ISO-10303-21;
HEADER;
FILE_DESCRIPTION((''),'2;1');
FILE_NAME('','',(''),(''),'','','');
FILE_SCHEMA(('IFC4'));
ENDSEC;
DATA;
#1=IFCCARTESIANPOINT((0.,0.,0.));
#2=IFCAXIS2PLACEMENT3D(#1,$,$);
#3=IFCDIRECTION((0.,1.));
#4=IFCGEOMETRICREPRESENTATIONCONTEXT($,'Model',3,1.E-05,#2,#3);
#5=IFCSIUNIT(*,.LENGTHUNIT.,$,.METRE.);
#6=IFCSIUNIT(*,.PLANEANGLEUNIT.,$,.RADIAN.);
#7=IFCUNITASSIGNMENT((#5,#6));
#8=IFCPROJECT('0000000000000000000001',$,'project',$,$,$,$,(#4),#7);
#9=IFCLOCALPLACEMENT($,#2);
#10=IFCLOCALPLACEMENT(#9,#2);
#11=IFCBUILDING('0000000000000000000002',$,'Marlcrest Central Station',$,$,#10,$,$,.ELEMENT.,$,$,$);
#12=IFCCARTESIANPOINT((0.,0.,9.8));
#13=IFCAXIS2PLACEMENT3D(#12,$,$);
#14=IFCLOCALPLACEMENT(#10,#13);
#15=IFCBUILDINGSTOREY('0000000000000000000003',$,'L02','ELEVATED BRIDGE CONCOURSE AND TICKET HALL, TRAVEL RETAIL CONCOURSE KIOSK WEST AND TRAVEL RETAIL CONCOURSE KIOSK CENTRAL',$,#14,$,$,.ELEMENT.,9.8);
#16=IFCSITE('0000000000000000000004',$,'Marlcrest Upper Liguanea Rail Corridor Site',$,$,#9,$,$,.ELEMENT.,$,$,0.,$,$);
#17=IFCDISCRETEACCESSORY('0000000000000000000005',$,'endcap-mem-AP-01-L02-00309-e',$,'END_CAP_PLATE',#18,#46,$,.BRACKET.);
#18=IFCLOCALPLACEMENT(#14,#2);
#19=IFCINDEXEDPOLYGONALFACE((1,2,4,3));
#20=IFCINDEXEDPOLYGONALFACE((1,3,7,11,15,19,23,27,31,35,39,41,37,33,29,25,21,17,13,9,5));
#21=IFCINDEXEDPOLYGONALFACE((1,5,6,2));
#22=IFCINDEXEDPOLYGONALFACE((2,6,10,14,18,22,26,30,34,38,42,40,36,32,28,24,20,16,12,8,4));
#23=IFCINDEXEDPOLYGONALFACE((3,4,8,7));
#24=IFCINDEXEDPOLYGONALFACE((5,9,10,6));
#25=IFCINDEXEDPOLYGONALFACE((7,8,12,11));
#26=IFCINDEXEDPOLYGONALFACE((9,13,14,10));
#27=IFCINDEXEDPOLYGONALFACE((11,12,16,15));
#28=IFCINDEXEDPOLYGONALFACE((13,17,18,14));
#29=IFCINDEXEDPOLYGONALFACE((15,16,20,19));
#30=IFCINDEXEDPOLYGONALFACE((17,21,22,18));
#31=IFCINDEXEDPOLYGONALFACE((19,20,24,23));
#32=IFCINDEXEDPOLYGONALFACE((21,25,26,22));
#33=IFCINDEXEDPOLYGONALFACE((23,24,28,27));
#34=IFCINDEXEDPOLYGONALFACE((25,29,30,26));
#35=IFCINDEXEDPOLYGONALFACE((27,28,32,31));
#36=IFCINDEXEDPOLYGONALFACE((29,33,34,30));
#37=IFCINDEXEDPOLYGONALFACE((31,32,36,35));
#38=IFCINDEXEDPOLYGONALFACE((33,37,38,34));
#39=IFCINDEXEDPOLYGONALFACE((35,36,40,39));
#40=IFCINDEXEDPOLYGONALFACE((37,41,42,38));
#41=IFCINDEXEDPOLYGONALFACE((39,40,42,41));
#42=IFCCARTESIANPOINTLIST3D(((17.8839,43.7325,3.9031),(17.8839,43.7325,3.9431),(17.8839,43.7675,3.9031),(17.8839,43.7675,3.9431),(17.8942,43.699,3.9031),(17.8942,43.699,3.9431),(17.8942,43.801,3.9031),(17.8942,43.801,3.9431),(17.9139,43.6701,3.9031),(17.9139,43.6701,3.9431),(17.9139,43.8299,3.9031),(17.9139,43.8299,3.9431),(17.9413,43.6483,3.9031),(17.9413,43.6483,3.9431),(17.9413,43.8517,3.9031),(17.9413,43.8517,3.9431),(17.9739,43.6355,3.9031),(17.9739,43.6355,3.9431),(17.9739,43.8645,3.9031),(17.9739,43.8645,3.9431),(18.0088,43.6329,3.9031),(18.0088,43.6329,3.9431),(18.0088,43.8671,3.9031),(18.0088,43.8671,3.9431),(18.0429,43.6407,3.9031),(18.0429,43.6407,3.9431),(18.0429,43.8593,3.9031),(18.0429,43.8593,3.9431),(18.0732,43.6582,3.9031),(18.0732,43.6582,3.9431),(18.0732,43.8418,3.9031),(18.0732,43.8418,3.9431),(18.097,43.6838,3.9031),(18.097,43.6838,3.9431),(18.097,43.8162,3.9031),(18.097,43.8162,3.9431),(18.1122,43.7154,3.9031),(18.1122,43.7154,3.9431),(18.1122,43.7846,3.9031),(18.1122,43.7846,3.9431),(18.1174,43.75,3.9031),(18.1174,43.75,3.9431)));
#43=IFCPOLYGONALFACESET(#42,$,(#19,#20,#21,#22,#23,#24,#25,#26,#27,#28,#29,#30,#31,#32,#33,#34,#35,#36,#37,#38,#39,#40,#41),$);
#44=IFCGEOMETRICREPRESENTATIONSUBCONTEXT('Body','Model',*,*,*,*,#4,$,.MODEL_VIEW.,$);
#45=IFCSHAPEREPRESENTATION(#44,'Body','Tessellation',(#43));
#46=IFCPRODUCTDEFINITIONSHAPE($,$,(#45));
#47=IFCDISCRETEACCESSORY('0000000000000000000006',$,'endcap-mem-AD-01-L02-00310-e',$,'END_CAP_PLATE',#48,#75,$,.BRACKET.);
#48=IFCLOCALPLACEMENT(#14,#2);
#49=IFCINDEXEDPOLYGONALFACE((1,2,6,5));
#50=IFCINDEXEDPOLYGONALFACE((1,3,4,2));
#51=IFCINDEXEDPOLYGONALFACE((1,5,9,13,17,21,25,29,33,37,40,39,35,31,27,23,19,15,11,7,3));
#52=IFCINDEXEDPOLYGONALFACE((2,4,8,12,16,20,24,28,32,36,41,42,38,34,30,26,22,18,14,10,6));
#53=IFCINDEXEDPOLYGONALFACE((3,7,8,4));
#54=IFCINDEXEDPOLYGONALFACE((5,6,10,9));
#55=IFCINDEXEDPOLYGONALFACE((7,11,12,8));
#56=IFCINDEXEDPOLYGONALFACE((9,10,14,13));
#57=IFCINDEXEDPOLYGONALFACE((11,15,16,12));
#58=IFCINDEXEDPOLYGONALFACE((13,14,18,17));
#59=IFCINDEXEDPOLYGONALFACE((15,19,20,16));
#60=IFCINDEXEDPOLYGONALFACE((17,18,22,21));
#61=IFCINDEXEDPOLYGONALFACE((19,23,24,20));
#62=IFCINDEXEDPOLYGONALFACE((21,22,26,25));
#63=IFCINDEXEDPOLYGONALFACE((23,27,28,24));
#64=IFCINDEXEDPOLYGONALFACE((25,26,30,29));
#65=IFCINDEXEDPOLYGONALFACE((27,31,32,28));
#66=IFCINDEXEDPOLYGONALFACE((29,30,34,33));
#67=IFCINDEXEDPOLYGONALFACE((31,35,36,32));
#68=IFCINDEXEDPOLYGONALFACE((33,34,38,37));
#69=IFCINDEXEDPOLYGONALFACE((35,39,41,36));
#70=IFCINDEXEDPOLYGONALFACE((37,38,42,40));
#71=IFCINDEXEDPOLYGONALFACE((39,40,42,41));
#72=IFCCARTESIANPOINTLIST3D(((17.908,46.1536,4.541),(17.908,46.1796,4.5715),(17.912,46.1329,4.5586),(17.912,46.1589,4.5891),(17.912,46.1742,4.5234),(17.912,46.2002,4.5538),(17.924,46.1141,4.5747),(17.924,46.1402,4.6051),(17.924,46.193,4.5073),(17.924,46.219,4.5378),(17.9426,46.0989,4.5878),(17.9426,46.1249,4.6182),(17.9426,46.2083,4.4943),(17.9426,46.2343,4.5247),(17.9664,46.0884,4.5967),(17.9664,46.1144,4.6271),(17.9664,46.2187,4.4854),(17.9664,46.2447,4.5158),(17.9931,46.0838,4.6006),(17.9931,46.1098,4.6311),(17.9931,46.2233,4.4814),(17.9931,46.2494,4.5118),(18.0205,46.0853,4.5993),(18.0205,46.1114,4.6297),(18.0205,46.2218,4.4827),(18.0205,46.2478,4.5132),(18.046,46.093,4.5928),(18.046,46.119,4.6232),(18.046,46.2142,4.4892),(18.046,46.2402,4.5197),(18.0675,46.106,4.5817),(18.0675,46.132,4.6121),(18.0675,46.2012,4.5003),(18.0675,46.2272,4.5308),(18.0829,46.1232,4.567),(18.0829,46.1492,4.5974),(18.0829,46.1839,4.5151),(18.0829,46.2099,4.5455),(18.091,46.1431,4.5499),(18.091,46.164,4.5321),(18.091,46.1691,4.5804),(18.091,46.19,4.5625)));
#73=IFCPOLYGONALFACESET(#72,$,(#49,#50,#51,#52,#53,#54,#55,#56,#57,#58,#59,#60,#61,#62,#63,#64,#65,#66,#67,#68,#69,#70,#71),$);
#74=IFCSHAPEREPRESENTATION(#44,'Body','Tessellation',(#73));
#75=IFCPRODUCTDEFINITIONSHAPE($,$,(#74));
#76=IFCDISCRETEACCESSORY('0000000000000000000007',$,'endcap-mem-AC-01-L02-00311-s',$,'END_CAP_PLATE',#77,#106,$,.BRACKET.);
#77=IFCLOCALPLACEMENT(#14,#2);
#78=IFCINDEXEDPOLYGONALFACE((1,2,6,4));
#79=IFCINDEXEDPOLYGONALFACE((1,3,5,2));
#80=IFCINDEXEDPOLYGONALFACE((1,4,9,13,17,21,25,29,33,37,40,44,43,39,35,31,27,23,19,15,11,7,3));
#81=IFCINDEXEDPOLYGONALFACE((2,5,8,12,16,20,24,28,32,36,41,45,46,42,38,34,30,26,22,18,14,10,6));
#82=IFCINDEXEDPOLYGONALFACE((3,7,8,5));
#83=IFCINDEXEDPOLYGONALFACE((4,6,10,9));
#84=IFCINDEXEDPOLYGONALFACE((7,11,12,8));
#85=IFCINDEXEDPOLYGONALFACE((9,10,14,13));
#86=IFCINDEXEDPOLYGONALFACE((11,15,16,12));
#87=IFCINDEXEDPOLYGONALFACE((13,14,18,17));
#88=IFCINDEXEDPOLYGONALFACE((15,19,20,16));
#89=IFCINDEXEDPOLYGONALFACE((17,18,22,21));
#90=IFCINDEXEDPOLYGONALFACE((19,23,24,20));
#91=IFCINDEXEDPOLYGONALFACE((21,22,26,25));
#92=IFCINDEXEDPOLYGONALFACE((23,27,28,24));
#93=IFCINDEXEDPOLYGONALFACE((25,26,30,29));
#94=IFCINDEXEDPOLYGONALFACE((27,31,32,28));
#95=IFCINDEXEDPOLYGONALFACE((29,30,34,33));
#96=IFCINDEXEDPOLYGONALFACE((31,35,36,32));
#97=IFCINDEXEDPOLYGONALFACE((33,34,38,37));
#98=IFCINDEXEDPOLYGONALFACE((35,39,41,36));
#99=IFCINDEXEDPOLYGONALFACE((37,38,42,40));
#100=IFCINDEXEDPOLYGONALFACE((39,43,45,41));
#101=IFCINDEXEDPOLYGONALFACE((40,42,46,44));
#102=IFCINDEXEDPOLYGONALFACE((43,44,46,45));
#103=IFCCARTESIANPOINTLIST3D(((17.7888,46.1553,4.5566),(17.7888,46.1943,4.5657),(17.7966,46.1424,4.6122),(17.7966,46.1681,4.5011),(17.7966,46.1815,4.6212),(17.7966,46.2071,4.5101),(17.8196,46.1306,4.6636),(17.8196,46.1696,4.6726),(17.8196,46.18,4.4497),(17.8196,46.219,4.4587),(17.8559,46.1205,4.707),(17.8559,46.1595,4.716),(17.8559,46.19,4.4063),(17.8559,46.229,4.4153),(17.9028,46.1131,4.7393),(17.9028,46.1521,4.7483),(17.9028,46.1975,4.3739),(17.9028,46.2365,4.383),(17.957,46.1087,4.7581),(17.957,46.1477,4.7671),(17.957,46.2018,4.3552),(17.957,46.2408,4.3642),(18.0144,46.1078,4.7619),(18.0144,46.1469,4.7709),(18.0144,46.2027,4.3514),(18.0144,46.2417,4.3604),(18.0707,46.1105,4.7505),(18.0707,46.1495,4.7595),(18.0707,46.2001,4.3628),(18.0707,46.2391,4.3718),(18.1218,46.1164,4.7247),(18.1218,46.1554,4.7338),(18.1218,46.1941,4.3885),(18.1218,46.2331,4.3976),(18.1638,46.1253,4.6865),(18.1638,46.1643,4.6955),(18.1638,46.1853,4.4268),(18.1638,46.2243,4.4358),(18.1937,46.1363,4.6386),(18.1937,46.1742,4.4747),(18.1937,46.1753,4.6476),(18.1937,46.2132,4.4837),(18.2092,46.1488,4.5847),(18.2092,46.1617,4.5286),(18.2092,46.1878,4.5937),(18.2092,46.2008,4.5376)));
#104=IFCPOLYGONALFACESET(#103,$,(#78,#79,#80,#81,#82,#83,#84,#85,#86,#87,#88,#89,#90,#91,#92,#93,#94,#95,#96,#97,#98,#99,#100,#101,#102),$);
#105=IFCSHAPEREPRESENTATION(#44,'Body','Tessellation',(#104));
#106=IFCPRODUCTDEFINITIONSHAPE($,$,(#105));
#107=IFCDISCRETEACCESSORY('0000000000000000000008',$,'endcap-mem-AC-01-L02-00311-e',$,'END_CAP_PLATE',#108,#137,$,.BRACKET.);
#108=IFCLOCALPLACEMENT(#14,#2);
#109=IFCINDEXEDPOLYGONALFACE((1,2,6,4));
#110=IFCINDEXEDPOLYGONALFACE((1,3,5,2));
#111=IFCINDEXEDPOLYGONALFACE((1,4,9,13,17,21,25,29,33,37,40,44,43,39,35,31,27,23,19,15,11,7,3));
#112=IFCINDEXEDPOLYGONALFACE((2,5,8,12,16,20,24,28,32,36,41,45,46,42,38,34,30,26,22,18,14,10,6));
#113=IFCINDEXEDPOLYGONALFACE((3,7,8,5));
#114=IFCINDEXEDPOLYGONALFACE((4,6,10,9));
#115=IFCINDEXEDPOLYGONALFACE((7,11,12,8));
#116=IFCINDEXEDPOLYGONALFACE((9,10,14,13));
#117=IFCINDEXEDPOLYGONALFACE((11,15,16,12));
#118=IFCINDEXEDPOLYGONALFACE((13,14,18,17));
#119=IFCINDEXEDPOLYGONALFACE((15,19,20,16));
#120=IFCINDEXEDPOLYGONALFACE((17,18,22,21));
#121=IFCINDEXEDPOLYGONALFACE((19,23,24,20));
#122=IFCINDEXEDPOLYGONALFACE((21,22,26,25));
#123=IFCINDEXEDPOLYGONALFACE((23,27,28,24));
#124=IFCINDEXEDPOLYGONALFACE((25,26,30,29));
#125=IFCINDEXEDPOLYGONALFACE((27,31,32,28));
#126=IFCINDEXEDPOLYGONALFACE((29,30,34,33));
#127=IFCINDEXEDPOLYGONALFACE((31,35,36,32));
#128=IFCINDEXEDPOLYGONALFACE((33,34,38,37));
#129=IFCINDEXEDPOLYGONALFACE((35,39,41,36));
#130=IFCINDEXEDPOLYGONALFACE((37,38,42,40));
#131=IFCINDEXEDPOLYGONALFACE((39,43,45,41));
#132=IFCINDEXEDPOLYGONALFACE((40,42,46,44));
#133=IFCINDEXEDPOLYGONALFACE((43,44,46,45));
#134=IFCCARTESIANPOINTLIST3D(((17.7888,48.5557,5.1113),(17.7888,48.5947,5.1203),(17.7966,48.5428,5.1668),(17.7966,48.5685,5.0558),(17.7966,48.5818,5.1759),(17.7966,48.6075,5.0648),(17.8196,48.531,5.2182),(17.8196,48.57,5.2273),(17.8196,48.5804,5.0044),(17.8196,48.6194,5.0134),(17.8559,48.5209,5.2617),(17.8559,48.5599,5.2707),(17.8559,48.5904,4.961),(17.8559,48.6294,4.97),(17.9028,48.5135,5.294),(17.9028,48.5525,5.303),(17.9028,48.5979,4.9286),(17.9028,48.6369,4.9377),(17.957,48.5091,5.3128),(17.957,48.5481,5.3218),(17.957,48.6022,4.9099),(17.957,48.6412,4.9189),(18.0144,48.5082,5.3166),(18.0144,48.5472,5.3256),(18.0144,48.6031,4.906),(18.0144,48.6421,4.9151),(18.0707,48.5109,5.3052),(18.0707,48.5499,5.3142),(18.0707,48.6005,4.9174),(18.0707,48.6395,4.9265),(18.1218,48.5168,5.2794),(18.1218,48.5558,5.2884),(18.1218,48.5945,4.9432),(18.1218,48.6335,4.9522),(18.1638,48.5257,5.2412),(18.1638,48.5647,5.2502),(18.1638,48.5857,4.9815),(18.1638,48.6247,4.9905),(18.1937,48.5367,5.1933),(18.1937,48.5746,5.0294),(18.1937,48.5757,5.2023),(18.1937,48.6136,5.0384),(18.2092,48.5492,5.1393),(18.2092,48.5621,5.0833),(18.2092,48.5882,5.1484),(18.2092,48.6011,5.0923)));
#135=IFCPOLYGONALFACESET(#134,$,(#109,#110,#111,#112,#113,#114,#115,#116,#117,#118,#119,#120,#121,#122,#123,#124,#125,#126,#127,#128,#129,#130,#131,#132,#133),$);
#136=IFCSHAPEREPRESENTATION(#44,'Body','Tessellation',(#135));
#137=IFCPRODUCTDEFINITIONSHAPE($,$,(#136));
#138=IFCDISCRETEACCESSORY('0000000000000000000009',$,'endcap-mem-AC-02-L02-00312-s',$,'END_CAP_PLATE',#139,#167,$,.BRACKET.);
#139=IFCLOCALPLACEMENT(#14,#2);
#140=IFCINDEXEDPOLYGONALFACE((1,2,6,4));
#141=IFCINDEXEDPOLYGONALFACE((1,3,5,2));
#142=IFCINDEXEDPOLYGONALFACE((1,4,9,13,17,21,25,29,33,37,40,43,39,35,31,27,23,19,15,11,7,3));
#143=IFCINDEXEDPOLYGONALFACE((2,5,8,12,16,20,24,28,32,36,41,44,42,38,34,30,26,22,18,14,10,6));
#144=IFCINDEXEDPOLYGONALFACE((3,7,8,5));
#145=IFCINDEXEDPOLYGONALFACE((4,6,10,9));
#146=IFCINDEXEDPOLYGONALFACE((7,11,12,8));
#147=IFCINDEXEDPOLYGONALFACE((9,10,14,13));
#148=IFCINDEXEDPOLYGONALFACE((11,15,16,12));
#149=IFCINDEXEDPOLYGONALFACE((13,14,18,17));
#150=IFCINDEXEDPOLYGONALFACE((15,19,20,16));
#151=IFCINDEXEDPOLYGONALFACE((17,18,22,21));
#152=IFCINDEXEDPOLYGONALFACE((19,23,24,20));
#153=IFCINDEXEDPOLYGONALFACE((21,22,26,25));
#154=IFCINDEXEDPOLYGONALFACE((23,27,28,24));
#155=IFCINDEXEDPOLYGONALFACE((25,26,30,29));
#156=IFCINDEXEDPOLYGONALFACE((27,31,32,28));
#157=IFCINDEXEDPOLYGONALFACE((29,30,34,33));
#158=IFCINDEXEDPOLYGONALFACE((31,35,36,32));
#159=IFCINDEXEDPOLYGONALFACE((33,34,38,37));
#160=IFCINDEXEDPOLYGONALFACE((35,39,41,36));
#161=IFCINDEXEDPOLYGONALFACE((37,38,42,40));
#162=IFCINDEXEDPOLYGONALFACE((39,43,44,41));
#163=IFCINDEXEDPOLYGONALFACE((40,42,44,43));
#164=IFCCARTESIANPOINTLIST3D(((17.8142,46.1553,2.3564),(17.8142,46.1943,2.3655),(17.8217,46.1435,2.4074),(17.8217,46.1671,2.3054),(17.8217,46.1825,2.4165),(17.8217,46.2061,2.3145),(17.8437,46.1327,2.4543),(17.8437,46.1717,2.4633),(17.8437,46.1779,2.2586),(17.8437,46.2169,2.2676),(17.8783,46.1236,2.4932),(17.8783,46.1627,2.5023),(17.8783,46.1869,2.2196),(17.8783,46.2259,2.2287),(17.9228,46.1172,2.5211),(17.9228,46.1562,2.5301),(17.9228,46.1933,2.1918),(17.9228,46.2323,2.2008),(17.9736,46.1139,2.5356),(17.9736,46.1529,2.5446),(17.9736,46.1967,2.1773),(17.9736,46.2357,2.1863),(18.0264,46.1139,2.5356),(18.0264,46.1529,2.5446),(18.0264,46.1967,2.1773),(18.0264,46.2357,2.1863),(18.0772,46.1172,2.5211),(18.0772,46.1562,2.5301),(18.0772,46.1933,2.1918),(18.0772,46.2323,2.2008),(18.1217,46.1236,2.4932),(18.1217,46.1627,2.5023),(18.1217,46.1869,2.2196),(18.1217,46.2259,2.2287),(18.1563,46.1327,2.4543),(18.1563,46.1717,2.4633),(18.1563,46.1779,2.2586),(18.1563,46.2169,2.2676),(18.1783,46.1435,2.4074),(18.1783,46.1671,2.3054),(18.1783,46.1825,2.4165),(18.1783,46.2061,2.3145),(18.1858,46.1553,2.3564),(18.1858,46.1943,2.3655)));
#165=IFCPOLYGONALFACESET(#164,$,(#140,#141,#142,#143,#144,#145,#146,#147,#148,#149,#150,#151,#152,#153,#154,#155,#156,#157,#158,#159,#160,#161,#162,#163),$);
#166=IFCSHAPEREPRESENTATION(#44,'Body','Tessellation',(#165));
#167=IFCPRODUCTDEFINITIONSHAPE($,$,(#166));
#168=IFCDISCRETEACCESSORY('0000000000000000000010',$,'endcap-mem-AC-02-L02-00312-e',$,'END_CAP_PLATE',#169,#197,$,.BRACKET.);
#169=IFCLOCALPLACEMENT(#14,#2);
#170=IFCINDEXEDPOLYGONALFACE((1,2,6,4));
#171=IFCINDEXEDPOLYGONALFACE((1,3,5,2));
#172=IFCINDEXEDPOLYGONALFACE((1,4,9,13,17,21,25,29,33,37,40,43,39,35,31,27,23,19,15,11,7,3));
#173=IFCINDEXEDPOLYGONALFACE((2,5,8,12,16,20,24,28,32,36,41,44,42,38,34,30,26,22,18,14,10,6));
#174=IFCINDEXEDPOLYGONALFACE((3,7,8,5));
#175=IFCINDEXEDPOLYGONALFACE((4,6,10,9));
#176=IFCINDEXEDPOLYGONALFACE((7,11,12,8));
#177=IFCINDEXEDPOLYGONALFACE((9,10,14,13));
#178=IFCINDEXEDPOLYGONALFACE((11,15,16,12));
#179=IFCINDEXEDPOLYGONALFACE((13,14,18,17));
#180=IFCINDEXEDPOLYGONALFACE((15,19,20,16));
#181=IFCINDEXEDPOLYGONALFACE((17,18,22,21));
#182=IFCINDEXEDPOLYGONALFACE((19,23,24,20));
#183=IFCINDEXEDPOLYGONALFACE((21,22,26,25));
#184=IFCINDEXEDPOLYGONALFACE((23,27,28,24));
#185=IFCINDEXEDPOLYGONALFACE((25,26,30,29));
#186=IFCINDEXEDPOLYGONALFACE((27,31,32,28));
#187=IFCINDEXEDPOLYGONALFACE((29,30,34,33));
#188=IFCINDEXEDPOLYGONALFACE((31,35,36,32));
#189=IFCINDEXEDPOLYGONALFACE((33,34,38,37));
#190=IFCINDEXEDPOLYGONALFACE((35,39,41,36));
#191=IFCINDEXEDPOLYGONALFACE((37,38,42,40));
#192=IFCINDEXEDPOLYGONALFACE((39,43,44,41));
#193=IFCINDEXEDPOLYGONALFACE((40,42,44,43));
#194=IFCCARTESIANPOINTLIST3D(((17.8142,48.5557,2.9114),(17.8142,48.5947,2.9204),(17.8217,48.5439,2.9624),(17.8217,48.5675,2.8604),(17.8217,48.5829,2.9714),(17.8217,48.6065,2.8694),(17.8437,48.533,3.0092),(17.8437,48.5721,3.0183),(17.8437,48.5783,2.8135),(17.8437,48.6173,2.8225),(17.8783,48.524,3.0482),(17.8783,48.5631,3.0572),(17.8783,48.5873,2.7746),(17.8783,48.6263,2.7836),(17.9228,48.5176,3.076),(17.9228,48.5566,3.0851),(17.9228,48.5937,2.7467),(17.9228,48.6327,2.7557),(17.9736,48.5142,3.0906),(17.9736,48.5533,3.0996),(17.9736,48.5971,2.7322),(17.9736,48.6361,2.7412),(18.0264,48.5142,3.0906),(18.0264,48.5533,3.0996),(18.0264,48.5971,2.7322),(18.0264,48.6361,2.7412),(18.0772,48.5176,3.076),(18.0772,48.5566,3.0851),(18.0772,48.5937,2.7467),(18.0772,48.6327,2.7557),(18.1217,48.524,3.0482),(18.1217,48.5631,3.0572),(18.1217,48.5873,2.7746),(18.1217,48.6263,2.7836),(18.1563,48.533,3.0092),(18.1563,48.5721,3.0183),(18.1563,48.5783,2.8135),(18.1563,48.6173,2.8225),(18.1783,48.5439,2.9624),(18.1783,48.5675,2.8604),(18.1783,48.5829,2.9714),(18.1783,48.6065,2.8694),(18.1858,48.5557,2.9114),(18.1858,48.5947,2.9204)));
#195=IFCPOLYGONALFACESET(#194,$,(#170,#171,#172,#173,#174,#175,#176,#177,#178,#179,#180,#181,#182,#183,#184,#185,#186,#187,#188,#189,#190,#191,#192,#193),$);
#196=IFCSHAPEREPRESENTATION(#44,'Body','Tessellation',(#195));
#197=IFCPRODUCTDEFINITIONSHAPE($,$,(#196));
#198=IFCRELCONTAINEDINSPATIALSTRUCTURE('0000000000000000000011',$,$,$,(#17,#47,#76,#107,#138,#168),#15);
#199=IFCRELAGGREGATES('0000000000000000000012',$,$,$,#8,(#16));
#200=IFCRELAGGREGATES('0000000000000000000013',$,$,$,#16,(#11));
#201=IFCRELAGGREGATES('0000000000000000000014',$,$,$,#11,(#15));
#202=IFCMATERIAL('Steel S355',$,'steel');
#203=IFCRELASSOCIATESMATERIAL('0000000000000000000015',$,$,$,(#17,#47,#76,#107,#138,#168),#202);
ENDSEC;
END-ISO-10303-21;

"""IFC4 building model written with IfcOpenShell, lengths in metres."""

from ifc_helpers import new_model, si_unit, direction, frame, origin, origin_2d, place, context, subcontext, project, spatial, circle, extrude, material, element, save


model = new_model("IFC4")

# Units and contexts
model_context = context("Model", 3, precision=1e-05, world=origin(), true_north=direction((0.0, 1.0)))
body_context = subcontext(model_context, "Body", "Model", "MODEL_VIEW")
ifc_project = project(units=[si_unit("LENGTHUNIT", "METRE"), si_unit("PLANEANGLEUNIT", "RADIAN")], contexts=[model_context])

# Site, building, storey
site_placement = place(None, origin())
site = spatial("IfcSite", under=ifc_project, at=site_placement, Name="Marlcrest Upper Liguanea Rail Corridor Site", CompositionType="ELEMENT", RefElevation=0.0)
building_placement = place(site_placement, origin())
building = spatial("IfcBuilding", under=site, at=building_placement, Name="Marlcrest Central Station", CompositionType="ELEMENT")
storey_placement = place(building_placement, frame((0.0, 0.0, 9.8)))
storey = spatial("IfcBuildingStorey", under=building, at=storey_placement, Name="L02", Description="ELEVATED BRIDGE CONCOURSE AND TICKET HALL, TRAVEL RETAIL CONCOURSE KIOSK WEST AND TRAVEL RETAIL CONCOURSE KIOSK CENTRAL", CompositionType="ELEMENT", Elevation=9.8)

# Shared definitions
ifc_material_1 = material(Name="Steel S355", Category="steel")

# Discrete accessories
for number, where, z_axis, x_axis, name in (
    (1, (18.0, 43.75, 3.9031), (0.0, 0.0, 1.0), (1.0, 0.0, 0.0), "endcap-mem-AP-01-L02-00309-e"),
):
    element("IfcDiscreteAccessory", number, at=place(storey_placement, frame(where, z_axis=z_axis, x_axis=x_axis)), inside=storey, material=ifc_material_1, Name=name, ObjectType="END_CAP_PLATE", PredefinedType="BRACKET", context=body_context, shape_type="SweptSolid", body=[
        extrude(circle(Radius=0.1174, at=origin_2d()), origin(), (0.0, 0.0, 1.0), 0.04),
    ])
discrete_accessory_1_placement = place(storey_placement, frame((18.0, 46.1536, 4.541), z_axis=(0.0, 0.649625, 0.760255), x_axis=(-1.0, 0.0, 0.0)))
element("IfcDiscreteAccessory", 2, at=discrete_accessory_1_placement, inside=storey, material=ifc_material_1, Name="endcap-mem-AD-01-L02-00310-e", ObjectType="END_CAP_PLATE", PredefinedType="BRACKET", context=body_context, shape_type="SweptSolid", body=[
    extrude(circle(Radius=0.092, at=origin_2d()), origin(), (0.0, 0.0, 1.0), 0.04),
])
for number, where, z_axis, x_axis, name in (
    (3, (18.0, 46.1553, 4.5566), (0.0, 0.97433, 0.225126), (-1.0, 0.0, 0.0), "endcap-mem-AC-01-L02-00311-s"),
    (4, (18.0, 48.5557, 5.1113), (0.0, 0.97433, 0.225126), (-1.0, 0.0, 0.0), "endcap-mem-AC-01-L02-00311-e"),
):
    element("IfcDiscreteAccessory", number, at=place(storey_placement, frame(where, z_axis=z_axis, x_axis=x_axis)), inside=storey, material=ifc_material_1, Name=name, ObjectType="END_CAP_PLATE", PredefinedType="BRACKET", context=body_context, shape_type="SweptSolid", body=[
        extrude(circle(Radius=0.2112, at=origin_2d()), origin(), (0.0, 0.0, 1.0), 0.04),
    ])
for number, where, z_axis, x_axis, name in (
    (5, (18.0, 46.1553, 2.3564), (0.0, 0.974308, 0.22522), (-1.0, 0.0, 0.0), "endcap-mem-AC-02-L02-00312-s"),
    (6, (18.0, 48.5557, 2.9114), (0.0, 0.974308, 0.22522), (-1.0, 0.0, 0.0), "endcap-mem-AC-02-L02-00312-e"),
):
    element("IfcDiscreteAccessory", number, at=place(storey_placement, frame(where, z_axis=z_axis, x_axis=x_axis)), inside=storey, material=ifc_material_1, Name=name, ObjectType="END_CAP_PLATE", PredefinedType="BRACKET", context=body_context, shape_type="SweptSolid", body=[
        extrude(circle(Radius=0.1858, at=origin_2d()), origin(), (0.0, 0.0, 1.0), 0.04),
    ])

save(model, "model.ifc")
